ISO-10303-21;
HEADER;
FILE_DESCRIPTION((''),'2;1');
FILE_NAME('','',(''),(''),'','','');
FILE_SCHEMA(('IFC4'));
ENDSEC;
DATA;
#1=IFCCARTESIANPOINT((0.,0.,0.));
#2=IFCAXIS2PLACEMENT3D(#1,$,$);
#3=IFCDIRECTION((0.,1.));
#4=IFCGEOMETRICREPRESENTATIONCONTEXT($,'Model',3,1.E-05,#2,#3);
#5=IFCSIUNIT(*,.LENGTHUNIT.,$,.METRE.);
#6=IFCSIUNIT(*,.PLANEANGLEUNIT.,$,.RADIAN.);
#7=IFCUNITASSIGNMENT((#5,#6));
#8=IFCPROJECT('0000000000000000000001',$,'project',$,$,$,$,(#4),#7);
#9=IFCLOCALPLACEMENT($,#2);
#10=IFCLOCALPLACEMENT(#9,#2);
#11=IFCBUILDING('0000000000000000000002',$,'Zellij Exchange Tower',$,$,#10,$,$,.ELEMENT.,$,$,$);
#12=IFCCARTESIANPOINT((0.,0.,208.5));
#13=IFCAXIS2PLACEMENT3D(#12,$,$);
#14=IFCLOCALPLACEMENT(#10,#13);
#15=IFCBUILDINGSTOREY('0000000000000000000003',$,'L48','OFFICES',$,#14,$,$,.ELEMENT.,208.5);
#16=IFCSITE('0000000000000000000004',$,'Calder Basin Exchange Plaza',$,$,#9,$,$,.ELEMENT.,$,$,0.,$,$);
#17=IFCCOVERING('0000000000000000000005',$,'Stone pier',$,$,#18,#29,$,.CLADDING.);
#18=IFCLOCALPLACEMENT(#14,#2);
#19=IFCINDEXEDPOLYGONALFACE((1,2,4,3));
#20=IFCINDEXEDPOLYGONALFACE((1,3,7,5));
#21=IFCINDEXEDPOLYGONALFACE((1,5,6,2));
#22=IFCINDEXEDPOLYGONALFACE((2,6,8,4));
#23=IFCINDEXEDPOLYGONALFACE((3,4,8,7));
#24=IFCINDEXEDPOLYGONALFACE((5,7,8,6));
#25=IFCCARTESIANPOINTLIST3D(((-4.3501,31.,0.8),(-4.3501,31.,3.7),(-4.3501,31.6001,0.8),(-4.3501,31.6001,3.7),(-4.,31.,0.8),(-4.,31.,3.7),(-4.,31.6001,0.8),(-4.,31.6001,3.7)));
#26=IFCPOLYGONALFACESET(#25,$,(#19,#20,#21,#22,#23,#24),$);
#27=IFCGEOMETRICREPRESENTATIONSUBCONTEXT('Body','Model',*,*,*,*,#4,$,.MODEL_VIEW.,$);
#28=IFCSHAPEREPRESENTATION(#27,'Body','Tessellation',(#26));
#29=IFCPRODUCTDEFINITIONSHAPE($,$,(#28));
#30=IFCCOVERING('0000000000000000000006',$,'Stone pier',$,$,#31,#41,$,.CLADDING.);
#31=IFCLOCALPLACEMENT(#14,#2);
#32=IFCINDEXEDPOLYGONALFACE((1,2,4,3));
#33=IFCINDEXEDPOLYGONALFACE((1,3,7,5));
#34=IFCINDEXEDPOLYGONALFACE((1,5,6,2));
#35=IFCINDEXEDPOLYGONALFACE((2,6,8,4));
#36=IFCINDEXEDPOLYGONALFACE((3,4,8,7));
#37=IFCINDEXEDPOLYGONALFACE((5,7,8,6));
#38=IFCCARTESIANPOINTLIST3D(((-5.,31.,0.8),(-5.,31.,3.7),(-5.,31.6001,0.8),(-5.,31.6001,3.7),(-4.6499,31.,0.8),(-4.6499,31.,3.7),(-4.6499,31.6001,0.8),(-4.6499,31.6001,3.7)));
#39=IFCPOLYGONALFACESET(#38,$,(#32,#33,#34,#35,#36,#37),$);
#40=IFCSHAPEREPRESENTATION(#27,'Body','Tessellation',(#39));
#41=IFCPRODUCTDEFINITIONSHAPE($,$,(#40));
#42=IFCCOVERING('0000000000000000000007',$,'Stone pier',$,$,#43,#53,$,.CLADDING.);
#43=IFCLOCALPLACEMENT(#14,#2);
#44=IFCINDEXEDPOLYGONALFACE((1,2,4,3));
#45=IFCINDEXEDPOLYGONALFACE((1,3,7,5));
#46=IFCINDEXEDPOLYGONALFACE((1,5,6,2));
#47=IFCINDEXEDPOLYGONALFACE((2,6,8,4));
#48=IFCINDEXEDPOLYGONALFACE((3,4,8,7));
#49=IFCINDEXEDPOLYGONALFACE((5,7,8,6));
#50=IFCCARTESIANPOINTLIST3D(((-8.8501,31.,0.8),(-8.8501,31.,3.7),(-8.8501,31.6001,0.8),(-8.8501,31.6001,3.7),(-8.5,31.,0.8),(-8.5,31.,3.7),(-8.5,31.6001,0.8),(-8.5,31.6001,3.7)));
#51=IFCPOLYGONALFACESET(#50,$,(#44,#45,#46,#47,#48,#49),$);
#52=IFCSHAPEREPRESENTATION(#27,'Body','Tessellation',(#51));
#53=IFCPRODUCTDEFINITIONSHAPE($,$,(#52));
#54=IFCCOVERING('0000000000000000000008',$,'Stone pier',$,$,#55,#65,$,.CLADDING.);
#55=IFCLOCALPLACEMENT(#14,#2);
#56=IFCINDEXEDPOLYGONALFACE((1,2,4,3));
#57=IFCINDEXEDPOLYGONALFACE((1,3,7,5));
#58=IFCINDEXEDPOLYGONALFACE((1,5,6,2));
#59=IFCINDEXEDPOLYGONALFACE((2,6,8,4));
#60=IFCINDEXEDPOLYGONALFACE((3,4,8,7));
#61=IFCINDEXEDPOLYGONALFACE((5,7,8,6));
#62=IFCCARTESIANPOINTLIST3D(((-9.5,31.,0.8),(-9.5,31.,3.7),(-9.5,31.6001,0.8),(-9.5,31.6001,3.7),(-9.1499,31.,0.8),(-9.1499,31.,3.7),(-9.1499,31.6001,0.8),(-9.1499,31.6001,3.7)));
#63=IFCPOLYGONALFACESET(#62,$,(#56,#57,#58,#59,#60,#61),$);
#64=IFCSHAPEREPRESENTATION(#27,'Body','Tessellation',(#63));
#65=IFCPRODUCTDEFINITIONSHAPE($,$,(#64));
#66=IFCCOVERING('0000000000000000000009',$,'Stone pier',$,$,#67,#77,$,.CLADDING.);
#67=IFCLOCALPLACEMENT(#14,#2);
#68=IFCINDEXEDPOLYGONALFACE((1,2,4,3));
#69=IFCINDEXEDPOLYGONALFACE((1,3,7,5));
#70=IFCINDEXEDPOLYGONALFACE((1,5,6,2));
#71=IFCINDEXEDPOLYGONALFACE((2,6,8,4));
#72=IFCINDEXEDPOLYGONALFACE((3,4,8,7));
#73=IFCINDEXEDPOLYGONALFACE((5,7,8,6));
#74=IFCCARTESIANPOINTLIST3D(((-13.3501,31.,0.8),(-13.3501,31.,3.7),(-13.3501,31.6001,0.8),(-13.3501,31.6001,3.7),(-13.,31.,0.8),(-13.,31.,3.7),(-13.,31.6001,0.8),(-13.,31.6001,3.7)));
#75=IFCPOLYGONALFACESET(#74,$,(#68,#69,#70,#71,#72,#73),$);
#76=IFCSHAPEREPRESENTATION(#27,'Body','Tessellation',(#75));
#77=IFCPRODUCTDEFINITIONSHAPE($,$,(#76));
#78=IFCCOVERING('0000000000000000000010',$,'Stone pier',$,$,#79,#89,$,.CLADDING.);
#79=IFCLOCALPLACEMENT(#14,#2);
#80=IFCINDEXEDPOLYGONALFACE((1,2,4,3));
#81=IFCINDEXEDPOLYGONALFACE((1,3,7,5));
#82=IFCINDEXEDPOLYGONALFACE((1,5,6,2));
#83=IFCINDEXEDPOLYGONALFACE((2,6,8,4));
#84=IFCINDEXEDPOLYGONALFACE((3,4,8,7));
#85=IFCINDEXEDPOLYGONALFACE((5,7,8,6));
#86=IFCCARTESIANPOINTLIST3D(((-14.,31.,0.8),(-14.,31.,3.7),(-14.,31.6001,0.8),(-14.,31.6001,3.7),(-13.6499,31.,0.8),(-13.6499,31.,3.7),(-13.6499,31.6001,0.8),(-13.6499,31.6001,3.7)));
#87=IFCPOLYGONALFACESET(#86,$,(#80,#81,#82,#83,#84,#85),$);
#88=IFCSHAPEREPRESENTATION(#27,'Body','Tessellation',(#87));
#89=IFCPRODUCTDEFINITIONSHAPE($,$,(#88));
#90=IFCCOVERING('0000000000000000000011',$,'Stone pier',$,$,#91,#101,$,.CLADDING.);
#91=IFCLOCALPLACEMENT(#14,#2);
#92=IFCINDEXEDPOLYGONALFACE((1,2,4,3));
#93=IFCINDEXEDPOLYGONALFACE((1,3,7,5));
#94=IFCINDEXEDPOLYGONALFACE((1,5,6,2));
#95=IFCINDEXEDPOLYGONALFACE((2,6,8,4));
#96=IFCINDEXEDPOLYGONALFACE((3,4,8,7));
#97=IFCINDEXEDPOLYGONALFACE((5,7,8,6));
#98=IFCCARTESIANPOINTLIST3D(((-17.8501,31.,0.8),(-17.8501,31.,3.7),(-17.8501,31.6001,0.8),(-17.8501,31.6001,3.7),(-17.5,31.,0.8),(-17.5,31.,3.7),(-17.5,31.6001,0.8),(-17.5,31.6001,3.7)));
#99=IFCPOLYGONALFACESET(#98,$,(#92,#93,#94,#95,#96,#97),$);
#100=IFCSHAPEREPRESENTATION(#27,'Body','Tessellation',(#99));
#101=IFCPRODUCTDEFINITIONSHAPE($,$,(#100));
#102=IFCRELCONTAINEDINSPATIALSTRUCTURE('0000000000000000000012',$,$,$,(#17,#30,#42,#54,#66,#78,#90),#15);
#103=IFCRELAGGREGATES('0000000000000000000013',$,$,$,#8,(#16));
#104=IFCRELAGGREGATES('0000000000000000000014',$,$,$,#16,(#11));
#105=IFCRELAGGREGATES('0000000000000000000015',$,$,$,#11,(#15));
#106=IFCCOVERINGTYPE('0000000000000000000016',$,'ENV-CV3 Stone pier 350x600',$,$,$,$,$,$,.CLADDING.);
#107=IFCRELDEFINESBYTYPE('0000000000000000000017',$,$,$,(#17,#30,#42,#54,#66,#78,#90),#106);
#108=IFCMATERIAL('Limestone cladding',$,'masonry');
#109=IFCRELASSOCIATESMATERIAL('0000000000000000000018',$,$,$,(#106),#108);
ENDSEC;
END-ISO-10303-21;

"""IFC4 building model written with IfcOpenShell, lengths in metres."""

from ifc_helpers import new_model, si_unit, direction, frame, origin, place, context, subcontext, project, spatial, polyline, outline, extrude, material, type_object, element, save


model = new_model("IFC4")

# Units and contexts
model_context = context("Model", 3, precision=1e-05, world=origin(), true_north=direction((0.0, 1.0)))
body_context = subcontext(model_context, "Body", "Model", "MODEL_VIEW")
ifc_project = project(units=[si_unit("LENGTHUNIT", "METRE"), si_unit("PLANEANGLEUNIT", "RADIAN")], contexts=[model_context])

# Site, building, storey
site_placement = place(None, origin())
site = spatial("IfcSite", under=ifc_project, at=site_placement, Name="Calder Basin Exchange Plaza", CompositionType="ELEMENT", RefElevation=0.0)
building_placement = place(site_placement, origin())
building = spatial("IfcBuilding", under=site, at=building_placement, Name="Zellij Exchange Tower", CompositionType="ELEMENT")
storey_placement = place(building_placement, frame((0.0, 0.0, 208.5)))
storey = spatial("IfcBuildingStorey", under=building, at=storey_placement, Name="L48", Description="OFFICES", CompositionType="ELEMENT", Elevation=208.5)

# Coverings
ifc_material = material(Name="Limestone cladding", Category="masonry")
covering_type = type_object("IfcCoveringType", Name="ENV-CV3 Stone pier 350x600", PredefinedType="CLADDING", material=ifc_material)
covering_1_placement = place(storey_placement, frame((0.0, 0.0, 0.8)))
element("IfcCovering", 1, at=covering_1_placement, inside=storey, type_object=covering_type, Name="Stone pier", PredefinedType="CLADDING", context=body_context, shape_type="SweptSolid", body=[
    extrude(outline(polyline([(-4.0, 31.0), (-4.3501, 31.0), (-4.3501, 31.6001), (-4.0, 31.6001), (-4.0, 31.0)])), origin(), (0.0, 0.0, 1.0), 2.8999),
])
covering_2_placement = place(storey_placement, frame((0.0, 0.0, 0.8)))
element("IfcCovering", 2, at=covering_2_placement, inside=storey, type_object=covering_type, Name="Stone pier", PredefinedType="CLADDING", context=body_context, shape_type="SweptSolid", body=[
    extrude(outline(polyline([(-4.6499, 31.0), (-5.0, 31.0), (-5.0, 31.6001), (-4.6499, 31.6001), (-4.6499, 31.0)])), origin(), (0.0, 0.0, 1.0), 2.8999),
])
covering_3_placement = place(storey_placement, frame((0.0, 0.0, 0.8)))
element("IfcCovering", 3, at=covering_3_placement, inside=storey, type_object=covering_type, Name="Stone pier", PredefinedType="CLADDING", context=body_context, shape_type="SweptSolid", body=[
    extrude(outline(polyline([(-8.5, 31.0), (-8.8501, 31.0), (-8.8501, 31.6001), (-8.5, 31.6001), (-8.5, 31.0)])), origin(), (0.0, 0.0, 1.0), 2.8999),
])
covering_4_placement = place(storey_placement, frame((0.0, 0.0, 0.8)))
element("IfcCovering", 4, at=covering_4_placement, inside=storey, type_object=covering_type, Name="Stone pier", PredefinedType="CLADDING", context=body_context, shape_type="SweptSolid", body=[
    extrude(outline(polyline([(-9.1499, 31.0), (-9.5, 31.0), (-9.5, 31.6001), (-9.1499, 31.6001), (-9.1499, 31.0)])), origin(), (0.0, 0.0, 1.0), 2.8999),
])
covering_5_placement = place(storey_placement, frame((0.0, 0.0, 0.8)))
element("IfcCovering", 5, at=covering_5_placement, inside=storey, type_object=covering_type, Name="Stone pier", PredefinedType="CLADDING", context=body_context, shape_type="SweptSolid", body=[
    extrude(outline(polyline([(-13.0, 31.0), (-13.3501, 31.0), (-13.3501, 31.6001), (-13.0, 31.6001), (-13.0, 31.0)])), origin(), (0.0, 0.0, 1.0), 2.8999),
])
covering_6_placement = place(storey_placement, frame((0.0, 0.0, 0.8)))
element("IfcCovering", 6, at=covering_6_placement, inside=storey, type_object=covering_type, Name="Stone pier", PredefinedType="CLADDING", context=body_context, shape_type="SweptSolid", body=[
    extrude(outline(polyline([(-13.6499, 31.0), (-14.0, 31.0), (-14.0, 31.6001), (-13.6499, 31.6001), (-13.6499, 31.0)])), origin(), (0.0, 0.0, 1.0), 2.8999),
])
covering_7_placement = place(storey_placement, frame((0.0, 0.0, 0.8)))
element("IfcCovering", 7, at=covering_7_placement, inside=storey, type_object=covering_type, Name="Stone pier", PredefinedType="CLADDING", context=body_context, shape_type="SweptSolid", body=[
    extrude(outline(polyline([(-17.5, 31.0), (-17.8501, 31.0), (-17.8501, 31.6001), (-17.5, 31.6001), (-17.5, 31.0)])), origin(), (0.0, 0.0, 1.0), 2.8999),
])

save(model, "model.ifc")
